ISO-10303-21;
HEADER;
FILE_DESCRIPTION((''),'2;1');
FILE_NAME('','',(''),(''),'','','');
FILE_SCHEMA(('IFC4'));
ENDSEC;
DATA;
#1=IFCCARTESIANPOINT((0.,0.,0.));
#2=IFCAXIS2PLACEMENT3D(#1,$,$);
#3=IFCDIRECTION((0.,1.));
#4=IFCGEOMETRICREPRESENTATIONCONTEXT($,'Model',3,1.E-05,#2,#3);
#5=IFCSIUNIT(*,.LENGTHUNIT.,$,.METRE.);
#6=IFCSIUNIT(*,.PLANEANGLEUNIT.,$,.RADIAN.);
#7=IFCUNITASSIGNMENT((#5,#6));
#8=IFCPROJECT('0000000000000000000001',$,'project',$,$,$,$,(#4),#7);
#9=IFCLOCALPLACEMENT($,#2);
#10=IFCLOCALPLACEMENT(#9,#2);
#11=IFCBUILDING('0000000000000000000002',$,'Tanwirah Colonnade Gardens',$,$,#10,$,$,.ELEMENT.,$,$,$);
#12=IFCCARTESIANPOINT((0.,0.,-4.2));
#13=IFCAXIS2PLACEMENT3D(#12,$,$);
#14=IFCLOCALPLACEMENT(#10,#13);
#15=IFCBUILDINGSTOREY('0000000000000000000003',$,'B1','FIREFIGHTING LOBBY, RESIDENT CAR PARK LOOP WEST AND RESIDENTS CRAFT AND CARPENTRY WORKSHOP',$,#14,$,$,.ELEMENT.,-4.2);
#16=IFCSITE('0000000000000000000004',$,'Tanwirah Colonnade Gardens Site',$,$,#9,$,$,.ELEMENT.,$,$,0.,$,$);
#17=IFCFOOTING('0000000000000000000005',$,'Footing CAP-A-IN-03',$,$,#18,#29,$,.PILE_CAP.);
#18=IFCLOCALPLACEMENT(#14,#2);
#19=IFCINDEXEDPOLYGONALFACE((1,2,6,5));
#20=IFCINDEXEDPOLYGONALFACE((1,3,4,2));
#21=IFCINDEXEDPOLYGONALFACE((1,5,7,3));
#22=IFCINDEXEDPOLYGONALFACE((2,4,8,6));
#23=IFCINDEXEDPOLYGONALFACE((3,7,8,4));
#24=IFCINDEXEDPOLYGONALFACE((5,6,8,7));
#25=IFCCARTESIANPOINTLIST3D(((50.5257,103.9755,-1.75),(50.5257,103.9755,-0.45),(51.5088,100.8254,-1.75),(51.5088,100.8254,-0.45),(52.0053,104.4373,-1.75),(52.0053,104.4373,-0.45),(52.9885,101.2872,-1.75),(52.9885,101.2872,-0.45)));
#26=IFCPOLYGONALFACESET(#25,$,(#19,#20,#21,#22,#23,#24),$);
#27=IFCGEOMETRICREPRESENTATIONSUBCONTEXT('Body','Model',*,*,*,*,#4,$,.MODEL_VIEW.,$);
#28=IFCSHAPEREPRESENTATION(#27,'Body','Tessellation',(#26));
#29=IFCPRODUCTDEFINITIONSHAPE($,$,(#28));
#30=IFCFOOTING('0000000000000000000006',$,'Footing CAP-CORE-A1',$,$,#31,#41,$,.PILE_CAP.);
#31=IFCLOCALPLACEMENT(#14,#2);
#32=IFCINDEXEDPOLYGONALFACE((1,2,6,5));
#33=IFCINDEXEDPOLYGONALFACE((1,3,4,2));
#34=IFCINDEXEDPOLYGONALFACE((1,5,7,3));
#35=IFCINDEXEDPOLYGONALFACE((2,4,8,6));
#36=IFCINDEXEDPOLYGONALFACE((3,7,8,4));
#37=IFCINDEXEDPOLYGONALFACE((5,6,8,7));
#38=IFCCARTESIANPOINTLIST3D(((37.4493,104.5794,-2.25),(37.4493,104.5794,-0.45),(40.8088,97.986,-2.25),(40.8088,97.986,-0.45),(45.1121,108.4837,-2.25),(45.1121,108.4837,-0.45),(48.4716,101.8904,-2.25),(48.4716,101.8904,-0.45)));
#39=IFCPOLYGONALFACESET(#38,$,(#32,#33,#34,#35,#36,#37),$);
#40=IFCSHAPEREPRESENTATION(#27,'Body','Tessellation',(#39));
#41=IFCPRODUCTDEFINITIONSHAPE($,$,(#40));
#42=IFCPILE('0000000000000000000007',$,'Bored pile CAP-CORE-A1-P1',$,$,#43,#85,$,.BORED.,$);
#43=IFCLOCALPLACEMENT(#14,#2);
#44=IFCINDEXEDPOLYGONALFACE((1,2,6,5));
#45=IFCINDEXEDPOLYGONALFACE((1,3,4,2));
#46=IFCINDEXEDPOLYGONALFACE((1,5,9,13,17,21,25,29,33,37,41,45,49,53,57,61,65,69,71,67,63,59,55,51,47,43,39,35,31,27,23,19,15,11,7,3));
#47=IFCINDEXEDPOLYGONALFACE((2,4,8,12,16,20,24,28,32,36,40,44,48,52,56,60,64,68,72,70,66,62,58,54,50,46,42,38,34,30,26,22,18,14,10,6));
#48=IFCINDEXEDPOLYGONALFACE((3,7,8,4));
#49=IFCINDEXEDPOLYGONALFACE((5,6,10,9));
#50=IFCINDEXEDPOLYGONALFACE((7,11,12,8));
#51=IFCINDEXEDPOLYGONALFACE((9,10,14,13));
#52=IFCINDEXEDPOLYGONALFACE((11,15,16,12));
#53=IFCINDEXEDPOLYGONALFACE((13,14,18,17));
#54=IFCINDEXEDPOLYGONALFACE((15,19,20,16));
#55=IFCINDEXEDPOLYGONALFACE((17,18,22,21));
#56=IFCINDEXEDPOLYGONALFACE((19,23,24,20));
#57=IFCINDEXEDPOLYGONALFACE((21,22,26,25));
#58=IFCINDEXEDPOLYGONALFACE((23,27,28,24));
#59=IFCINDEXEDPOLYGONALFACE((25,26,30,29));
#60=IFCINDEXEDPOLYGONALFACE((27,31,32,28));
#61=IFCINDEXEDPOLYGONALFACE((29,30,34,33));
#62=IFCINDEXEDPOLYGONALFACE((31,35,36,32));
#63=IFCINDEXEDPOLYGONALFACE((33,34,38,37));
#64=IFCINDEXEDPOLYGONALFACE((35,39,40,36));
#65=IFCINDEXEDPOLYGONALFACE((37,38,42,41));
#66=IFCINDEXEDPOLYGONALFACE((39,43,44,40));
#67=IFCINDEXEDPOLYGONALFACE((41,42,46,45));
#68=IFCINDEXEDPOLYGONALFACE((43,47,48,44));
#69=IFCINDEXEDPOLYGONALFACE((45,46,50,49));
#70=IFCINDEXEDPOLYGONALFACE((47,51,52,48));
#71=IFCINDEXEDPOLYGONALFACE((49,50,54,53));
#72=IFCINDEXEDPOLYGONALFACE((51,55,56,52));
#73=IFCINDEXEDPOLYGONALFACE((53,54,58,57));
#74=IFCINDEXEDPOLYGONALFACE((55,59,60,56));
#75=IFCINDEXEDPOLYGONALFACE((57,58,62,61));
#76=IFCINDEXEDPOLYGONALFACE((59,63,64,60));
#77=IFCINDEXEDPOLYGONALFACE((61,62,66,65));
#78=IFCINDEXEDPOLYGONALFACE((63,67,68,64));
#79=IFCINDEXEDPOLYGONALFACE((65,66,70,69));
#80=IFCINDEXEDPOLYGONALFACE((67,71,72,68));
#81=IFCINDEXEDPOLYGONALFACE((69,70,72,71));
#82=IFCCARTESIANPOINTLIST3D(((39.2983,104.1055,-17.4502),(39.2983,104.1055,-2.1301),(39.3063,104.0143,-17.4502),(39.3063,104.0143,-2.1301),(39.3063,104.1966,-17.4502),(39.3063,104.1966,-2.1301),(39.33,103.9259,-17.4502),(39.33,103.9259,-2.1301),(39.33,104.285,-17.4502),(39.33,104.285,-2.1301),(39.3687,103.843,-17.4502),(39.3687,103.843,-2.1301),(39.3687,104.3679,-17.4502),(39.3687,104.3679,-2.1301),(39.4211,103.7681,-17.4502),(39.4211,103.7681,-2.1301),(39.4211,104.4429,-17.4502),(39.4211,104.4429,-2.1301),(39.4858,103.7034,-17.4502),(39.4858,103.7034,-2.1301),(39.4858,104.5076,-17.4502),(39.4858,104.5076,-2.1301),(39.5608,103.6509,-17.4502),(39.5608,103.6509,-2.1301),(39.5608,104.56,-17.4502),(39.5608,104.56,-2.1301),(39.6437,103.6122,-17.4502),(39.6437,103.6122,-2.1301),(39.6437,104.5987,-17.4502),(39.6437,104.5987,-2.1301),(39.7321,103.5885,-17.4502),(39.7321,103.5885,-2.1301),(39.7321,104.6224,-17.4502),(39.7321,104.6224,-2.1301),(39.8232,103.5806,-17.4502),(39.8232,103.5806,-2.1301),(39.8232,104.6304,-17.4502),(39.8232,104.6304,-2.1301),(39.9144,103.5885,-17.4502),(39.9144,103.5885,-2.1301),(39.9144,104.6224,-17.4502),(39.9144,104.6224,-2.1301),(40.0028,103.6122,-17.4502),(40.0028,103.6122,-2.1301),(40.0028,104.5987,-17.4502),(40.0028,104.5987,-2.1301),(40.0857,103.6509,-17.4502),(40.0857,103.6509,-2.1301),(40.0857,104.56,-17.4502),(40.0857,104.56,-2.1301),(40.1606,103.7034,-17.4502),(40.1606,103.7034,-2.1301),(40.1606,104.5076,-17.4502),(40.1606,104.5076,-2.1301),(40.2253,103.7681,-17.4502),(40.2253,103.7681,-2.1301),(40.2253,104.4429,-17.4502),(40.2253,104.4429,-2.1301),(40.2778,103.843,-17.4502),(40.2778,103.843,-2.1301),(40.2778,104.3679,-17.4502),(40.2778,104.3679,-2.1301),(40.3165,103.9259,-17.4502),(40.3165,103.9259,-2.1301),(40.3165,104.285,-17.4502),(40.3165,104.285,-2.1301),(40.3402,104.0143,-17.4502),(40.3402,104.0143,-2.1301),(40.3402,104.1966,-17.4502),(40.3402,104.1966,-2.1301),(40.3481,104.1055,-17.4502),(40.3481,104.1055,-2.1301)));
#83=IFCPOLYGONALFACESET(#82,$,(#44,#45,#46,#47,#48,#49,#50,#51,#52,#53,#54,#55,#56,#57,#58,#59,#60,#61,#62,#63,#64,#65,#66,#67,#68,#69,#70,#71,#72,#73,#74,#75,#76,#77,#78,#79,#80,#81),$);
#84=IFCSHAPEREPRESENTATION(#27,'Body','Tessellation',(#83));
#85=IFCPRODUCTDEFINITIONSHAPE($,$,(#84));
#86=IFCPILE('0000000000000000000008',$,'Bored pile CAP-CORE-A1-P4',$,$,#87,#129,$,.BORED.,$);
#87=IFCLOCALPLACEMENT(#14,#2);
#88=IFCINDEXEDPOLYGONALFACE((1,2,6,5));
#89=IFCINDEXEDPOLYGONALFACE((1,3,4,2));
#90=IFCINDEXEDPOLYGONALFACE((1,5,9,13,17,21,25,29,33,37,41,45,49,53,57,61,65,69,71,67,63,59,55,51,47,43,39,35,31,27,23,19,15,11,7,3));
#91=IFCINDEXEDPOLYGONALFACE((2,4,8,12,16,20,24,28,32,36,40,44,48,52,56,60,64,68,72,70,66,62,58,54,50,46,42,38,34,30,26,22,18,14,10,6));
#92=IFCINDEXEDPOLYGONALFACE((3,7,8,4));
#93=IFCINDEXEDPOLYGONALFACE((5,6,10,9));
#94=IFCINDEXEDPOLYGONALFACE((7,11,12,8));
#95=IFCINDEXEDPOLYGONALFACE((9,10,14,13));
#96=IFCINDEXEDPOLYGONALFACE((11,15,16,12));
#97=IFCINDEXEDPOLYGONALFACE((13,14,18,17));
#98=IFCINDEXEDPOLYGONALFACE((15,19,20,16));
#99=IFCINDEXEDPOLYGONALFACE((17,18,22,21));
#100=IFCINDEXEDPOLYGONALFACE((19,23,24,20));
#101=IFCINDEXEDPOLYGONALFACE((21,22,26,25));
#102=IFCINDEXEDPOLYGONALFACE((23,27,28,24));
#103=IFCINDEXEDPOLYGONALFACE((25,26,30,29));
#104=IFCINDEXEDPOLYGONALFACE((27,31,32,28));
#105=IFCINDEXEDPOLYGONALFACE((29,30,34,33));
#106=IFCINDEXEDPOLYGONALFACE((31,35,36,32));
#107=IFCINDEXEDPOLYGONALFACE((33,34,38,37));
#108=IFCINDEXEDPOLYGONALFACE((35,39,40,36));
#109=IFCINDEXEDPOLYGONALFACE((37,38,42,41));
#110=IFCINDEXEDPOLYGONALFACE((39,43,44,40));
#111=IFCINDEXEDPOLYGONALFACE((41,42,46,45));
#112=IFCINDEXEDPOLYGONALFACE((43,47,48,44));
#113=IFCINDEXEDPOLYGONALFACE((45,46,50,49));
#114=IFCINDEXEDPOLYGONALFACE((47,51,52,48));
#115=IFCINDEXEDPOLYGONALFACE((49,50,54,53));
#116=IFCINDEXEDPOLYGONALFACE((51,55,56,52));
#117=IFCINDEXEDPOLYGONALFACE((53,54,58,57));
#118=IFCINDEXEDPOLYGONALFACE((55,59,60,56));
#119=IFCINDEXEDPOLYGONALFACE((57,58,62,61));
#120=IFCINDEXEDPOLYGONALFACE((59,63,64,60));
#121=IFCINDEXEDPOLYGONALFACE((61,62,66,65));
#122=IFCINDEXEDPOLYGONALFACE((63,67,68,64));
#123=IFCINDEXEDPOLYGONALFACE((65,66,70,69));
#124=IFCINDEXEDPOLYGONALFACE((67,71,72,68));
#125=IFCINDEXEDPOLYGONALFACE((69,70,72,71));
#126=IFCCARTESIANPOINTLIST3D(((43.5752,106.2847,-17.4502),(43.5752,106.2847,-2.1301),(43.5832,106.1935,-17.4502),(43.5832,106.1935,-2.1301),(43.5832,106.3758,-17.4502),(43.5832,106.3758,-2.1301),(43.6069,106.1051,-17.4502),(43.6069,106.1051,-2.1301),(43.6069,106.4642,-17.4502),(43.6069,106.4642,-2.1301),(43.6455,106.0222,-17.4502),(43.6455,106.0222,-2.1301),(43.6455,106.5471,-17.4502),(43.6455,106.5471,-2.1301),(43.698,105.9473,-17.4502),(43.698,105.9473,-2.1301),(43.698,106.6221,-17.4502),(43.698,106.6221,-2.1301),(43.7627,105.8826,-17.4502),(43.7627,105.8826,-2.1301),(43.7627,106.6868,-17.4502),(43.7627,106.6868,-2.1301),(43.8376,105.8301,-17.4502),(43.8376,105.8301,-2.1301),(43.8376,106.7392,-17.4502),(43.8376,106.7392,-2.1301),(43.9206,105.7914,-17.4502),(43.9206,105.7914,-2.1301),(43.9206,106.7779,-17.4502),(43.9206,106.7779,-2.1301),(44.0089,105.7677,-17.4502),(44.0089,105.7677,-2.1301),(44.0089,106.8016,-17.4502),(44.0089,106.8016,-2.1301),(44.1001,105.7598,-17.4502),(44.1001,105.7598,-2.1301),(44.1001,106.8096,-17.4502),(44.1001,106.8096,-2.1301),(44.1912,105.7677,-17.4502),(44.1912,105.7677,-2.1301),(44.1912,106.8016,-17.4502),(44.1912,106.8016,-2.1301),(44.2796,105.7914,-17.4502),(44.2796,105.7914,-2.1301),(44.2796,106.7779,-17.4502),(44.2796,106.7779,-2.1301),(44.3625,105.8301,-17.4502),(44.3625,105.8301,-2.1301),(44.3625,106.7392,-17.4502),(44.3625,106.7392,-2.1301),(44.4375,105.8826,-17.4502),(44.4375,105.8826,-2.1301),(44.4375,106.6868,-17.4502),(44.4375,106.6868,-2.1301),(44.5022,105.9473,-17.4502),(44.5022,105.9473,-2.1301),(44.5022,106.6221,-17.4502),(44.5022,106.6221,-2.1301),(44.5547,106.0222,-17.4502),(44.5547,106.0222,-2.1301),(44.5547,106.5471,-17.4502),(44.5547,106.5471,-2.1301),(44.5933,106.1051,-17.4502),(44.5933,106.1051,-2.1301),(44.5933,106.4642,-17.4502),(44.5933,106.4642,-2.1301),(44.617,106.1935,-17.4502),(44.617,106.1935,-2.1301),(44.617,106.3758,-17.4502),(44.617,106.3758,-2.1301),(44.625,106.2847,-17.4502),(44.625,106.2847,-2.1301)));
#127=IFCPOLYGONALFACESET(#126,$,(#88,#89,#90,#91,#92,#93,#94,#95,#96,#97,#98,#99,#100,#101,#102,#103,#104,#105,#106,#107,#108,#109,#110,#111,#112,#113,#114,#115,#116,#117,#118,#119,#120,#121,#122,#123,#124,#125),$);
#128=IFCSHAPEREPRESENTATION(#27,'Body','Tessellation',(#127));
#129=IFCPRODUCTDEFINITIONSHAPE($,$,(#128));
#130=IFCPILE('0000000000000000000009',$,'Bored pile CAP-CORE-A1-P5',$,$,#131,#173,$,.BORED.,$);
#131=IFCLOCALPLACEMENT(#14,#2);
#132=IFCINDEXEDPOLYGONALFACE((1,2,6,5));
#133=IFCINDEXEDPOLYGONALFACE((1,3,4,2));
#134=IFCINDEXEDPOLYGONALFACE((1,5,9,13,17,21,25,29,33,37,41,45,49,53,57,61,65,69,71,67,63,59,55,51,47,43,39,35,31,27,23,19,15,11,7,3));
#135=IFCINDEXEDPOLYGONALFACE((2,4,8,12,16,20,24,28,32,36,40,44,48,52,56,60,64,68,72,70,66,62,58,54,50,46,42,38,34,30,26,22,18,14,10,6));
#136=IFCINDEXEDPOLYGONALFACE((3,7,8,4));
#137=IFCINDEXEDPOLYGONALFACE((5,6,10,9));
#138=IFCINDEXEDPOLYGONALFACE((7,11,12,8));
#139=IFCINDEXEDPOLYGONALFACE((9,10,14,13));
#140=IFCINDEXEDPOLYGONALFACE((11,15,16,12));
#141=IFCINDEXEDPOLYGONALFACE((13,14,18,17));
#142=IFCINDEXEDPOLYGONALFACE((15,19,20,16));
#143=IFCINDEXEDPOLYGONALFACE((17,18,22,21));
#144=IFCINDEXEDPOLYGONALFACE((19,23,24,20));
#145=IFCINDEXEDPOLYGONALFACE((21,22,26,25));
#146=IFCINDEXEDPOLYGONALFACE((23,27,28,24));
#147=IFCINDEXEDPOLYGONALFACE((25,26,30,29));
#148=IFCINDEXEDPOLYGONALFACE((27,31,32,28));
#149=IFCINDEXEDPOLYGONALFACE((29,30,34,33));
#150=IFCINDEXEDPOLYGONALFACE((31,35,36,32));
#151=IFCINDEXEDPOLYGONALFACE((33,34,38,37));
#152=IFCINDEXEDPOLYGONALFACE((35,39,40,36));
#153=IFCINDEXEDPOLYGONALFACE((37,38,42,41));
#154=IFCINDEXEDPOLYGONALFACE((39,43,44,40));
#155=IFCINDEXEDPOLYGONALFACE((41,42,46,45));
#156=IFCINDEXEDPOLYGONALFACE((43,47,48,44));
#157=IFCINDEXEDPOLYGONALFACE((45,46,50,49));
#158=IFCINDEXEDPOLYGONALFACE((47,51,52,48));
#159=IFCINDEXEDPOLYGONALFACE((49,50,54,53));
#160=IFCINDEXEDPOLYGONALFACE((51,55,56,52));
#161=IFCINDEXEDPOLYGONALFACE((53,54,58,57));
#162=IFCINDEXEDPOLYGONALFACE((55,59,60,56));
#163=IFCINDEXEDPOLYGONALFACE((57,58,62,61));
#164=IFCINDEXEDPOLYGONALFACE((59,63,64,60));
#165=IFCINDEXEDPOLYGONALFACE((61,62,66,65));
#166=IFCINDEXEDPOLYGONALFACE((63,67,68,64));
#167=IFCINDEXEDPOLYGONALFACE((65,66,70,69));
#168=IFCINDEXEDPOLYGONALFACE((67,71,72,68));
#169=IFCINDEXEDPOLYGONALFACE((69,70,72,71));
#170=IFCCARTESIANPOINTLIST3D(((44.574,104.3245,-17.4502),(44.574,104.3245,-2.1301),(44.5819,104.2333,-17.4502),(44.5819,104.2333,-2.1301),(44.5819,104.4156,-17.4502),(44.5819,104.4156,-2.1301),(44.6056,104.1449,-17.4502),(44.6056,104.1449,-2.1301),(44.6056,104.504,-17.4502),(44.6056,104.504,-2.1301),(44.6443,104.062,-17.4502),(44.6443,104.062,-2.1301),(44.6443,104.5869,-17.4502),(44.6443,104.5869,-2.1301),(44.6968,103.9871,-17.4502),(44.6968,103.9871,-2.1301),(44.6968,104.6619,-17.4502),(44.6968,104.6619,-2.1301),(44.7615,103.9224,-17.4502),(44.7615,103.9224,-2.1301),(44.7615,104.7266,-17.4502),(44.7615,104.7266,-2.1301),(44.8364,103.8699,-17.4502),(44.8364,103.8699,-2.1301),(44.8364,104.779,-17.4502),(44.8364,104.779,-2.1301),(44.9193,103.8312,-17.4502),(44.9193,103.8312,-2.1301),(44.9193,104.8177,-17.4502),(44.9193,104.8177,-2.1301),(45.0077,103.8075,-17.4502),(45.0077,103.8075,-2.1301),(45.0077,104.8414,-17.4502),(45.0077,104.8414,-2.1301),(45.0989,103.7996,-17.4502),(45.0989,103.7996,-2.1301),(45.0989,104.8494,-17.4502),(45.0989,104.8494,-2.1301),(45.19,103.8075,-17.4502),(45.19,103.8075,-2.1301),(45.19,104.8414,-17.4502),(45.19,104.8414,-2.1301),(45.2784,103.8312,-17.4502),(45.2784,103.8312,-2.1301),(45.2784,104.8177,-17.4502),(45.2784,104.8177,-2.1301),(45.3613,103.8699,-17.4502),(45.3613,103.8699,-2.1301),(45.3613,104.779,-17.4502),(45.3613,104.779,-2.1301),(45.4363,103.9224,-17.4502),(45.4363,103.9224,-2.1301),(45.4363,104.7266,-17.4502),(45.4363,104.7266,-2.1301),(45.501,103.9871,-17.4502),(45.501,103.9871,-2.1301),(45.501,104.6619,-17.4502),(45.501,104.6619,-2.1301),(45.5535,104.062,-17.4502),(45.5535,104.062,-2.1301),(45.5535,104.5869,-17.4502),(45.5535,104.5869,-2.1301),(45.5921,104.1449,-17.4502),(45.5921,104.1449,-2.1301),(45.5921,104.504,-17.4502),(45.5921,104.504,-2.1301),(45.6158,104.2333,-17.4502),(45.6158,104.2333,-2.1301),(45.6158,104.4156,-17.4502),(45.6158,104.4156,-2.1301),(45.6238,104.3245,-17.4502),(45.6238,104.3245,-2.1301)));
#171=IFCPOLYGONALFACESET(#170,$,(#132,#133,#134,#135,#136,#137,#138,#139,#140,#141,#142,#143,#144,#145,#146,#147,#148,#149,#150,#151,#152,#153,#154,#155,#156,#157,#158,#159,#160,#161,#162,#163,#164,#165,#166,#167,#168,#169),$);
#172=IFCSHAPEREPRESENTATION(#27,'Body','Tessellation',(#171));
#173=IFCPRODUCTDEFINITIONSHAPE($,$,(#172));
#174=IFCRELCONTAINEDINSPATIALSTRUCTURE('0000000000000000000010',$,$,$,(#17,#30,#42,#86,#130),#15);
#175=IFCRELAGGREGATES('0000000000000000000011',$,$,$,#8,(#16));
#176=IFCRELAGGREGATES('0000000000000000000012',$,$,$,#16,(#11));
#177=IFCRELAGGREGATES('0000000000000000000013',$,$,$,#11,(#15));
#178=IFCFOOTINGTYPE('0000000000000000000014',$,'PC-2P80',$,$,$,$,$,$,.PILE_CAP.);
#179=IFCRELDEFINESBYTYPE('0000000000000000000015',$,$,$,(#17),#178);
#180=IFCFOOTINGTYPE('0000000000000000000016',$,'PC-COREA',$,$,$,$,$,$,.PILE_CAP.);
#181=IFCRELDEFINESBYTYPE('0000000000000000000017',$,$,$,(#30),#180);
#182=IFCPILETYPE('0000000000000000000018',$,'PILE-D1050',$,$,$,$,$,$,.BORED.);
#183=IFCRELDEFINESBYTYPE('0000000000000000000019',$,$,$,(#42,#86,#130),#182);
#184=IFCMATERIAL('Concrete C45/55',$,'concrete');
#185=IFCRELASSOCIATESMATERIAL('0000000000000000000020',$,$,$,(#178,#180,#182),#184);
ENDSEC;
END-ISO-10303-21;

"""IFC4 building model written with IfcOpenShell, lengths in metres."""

from ifc_helpers import new_model, si_unit, direction, frame, origin, origin_2d, place, context, subcontext, project, spatial, rectangle, circle, extrude, material, material_profile, profile_set, type_object, element, save


model = new_model("IFC4")

# Units and contexts
model_context = context("Model", 3, precision=1e-05, world=origin(), true_north=direction((0.0, 1.0)))
body_context = subcontext(model_context, "Body", "Model", "MODEL_VIEW")
ifc_project = project(units=[si_unit("LENGTHUNIT", "METRE"), si_unit("PLANEANGLEUNIT", "RADIAN")], contexts=[model_context])

# Site, building, storey
site_placement = place(None, origin())
site = spatial("IfcSite", under=ifc_project, at=site_placement, Name="Tanwirah Colonnade Gardens Site", CompositionType="ELEMENT", RefElevation=0.0)
building_placement = place(site_placement, origin())
building = spatial("IfcBuilding", under=site, at=building_placement, Name="Tanwirah Colonnade Gardens", CompositionType="ELEMENT")
storey_placement = place(building_placement, frame((0.0, 0.0, -4.2)))
storey = spatial("IfcBuildingStorey", under=building, at=storey_placement, Name="B1", Description="FIREFIGHTING LOBBY, RESIDENT CAR PARK LOOP WEST AND RESIDENTS CRAFT AND CARPENTRY WORKSHOP", CompositionType="ELEMENT", Elevation=-4.2)

# Footings
ifc_material_1 = material(Name="Concrete C45/55", Category="concrete")
footing_type_1 = type_object("IfcFootingType", Name="PC-2P80", PredefinedType="PILE_CAP", material=ifc_material_1)
footing_1_placement = place(storey_placement, frame((51.7571, 102.6313, -1.75), z_axis=(0.0, 0.0, 1.0), x_axis=(-0.29793, 0.954588, 0.0)))
element("IfcFooting", 1, at=footing_1_placement, inside=storey, type_object=footing_type_1, Name="Footing CAP-A-IN-03", PredefinedType="PILE_CAP", context=body_context, shape_type="SweptSolid", body=[
    extrude(rectangle(XDim=3.3, YDim=1.55, at=origin_2d()), origin(), (0.0, 0.0, 1.0), 1.3),
])
footing_type_2 = type_object("IfcFootingType", Name="PC-COREA", PredefinedType="PILE_CAP", material=ifc_material_1)
footing_2_placement = place(storey_placement, frame((42.9604, 103.2349, -2.25), z_axis=(0.0, 0.0, 1.0), x_axis=(0.45399, -0.891007, 0.0)))
element("IfcFooting", 2, at=footing_2_placement, inside=storey, type_object=footing_type_2, Name="Footing CAP-CORE-A1", PredefinedType="PILE_CAP", context=body_context, shape_type="SweptSolid", body=[
    extrude(rectangle(XDim=7.3999, YDim=8.6001, at=origin_2d()), origin(), (0.0, 0.0, 1.0), 1.8),
])

# Piles
ifc_material_profile_1 = material_profile(ifc_material_1, circle(Radius=0.5249, at=origin_2d()), Name="PILE D1050")
ifc_profile_set_1 = profile_set([ifc_material_profile_1], Name="Concrete C45/55")
pile_type_1 = type_object("IfcPileType", Name="PILE-D1050", PredefinedType="BORED", material=ifc_profile_set_1)
for number, where, z_axis, x_axis, name in (
    (3, (39.8232, 104.1055, -2.1301), (0.0, 0.0, -1.0), (1.0, 0.0, 0.0), "Bored pile CAP-CORE-A1-P1"),
    (4, (44.1001, 106.2847, -2.1301), (0.0, 0.0, -1.0), (1.0, 0.0, 0.0), "Bored pile CAP-CORE-A1-P4"),
    (5, (45.0989, 104.3245, -2.1301), (0.0, 0.0, -1.0), (1.0, 0.0, 0.0), "Bored pile CAP-CORE-A1-P5"),
):
    element("IfcPile", number, at=place(storey_placement, frame(where, z_axis=z_axis, x_axis=x_axis)), inside=storey, type_object=pile_type_1, Name=name, PredefinedType="BORED", context=body_context, shape_type="SweptSolid", body=[
        extrude(circle(Radius=0.5249, at=origin_2d()), origin(), (0.0, 0.0, 1.0), 15.3201),
    ])

save(model, "model.ifc")
